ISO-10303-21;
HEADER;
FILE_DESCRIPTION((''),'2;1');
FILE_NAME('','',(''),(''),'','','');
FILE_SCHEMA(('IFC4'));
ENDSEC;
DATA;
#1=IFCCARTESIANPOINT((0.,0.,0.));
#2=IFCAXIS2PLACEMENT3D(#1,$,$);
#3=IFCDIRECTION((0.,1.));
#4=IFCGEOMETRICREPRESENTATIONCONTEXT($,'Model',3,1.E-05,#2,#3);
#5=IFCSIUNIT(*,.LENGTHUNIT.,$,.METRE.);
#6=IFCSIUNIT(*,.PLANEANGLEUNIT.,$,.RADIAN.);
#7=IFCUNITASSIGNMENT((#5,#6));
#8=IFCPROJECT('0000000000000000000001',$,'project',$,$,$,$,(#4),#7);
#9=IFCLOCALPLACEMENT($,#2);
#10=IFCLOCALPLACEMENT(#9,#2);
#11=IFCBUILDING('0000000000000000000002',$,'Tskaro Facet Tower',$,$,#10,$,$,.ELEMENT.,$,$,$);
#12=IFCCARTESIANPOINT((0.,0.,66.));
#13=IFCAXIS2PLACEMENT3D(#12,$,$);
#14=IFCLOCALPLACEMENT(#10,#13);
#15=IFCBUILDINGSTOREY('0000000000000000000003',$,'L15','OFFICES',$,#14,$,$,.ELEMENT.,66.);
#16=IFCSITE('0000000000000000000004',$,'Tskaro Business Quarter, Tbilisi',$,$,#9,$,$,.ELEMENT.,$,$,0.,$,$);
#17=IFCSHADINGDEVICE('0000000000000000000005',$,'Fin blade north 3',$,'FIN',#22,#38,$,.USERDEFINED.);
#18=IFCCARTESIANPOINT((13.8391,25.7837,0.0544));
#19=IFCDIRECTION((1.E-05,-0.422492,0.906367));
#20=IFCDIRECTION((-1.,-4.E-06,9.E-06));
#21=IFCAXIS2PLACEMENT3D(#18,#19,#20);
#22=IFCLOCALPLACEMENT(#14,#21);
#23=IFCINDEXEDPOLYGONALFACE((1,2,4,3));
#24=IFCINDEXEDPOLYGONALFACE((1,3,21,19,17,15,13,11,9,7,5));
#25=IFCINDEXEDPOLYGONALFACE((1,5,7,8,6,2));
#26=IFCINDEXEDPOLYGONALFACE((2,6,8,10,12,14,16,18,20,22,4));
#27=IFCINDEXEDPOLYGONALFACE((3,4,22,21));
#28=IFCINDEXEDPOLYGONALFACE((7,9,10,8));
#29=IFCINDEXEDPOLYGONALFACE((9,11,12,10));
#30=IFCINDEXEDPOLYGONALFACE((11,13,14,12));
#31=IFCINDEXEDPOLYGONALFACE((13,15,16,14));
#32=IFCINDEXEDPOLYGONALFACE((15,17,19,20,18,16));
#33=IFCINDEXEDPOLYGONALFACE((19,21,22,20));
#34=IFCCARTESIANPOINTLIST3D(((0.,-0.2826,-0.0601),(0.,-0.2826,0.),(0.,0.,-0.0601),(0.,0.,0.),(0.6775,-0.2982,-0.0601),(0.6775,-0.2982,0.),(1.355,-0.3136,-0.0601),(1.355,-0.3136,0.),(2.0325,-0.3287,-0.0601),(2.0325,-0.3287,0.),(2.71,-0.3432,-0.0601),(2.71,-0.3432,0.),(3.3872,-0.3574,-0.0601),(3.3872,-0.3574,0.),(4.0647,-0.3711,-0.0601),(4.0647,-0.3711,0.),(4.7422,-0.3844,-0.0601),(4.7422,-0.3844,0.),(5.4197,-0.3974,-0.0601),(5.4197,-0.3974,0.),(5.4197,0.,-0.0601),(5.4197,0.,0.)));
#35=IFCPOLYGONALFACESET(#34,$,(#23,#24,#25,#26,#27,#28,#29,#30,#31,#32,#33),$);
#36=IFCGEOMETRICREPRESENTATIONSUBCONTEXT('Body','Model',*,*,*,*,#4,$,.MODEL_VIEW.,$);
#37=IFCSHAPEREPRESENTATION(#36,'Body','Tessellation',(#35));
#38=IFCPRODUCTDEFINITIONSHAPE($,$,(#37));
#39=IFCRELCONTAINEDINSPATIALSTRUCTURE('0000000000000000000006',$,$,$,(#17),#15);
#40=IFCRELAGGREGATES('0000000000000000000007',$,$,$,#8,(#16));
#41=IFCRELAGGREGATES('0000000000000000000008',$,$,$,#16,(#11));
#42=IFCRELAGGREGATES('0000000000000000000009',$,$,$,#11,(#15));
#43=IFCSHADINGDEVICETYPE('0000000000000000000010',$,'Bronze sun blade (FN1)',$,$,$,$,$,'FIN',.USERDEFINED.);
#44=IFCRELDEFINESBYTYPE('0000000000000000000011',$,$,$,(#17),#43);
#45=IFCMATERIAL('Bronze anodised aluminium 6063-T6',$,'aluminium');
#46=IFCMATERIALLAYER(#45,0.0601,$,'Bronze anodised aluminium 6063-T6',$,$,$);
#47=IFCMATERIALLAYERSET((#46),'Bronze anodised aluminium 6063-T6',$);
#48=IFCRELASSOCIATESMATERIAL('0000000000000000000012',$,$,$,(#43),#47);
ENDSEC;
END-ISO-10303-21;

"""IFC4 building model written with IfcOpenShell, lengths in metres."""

from ifc_helpers import new_model, si_unit, direction, frame, origin, place, context, subcontext, project, spatial, polyline, outline, extrude, material, layer, layer_set, type_object, element, save


model = new_model("IFC4")

# Units and contexts
model_context = context("Model", 3, precision=1e-05, world=origin(), true_north=direction((0.0, 1.0)))
body_context = subcontext(model_context, "Body", "Model", "MODEL_VIEW")
ifc_project = project(units=[si_unit("LENGTHUNIT", "METRE"), si_unit("PLANEANGLEUNIT", "RADIAN")], contexts=[model_context])

# Site, building, storey
site_placement = place(None, origin())
site = spatial("IfcSite", under=ifc_project, at=site_placement, Name="Tskaro Business Quarter, Tbilisi", CompositionType="ELEMENT", RefElevation=0.0)
building_placement = place(site_placement, origin())
building = spatial("IfcBuilding", under=site, at=building_placement, Name="Tskaro Facet Tower", CompositionType="ELEMENT")
storey_placement = place(building_placement, frame((0.0, 0.0, 66.0)))
storey = spatial("IfcBuildingStorey", under=building, at=storey_placement, Name="L15", Description="OFFICES", CompositionType="ELEMENT", Elevation=66.0)

# Shared definitions
ifc_material_1 = material(Name="Bronze anodised aluminium 6063-T6", Category="aluminium")

# Shading device
ifc_layer_1 = layer(ifc_material_1, 0.0601, Name="Bronze anodised aluminium 6063-T6")
ifc_layer_set_1 = layer_set([ifc_layer_1], Name="Bronze anodised aluminium 6063-T6")
shading_device_type = type_object("IfcShadingDeviceType", Name="Bronze sun blade (FN1)", ElementType="FIN", PredefinedType="USERDEFINED", material=ifc_layer_set_1)
shading_device_1_placement = place(storey_placement, frame((13.8391, 25.7837, 0.0544), z_axis=(0.00001, -0.422492, 0.906367), x_axis=(-1.0, -0.000004, 0.000009)))
element("IfcShadingDevice", 1, at=shading_device_1_placement, inside=storey, type_object=shading_device_type, Name="Fin blade north 3", ObjectType="FIN", PredefinedType="USERDEFINED", context=body_context, shape_type="SweptSolid", body=[
    extrude(outline(polyline([(0.0, 0.0), (5.4197, 0.0), (5.4197, -0.3974), (4.7422, -0.3844), (4.0647, -0.3711), (3.3872, -0.3574), (2.71, -0.3432), (2.0325, -0.3287), (1.355, -0.3136), (0.6775, -0.2982), (0.0, -0.2826), (0.0, 0.0)])), origin(), (0.0, 0.0, -1.0), 0.0601),
])

save(model, "model.ifc")
